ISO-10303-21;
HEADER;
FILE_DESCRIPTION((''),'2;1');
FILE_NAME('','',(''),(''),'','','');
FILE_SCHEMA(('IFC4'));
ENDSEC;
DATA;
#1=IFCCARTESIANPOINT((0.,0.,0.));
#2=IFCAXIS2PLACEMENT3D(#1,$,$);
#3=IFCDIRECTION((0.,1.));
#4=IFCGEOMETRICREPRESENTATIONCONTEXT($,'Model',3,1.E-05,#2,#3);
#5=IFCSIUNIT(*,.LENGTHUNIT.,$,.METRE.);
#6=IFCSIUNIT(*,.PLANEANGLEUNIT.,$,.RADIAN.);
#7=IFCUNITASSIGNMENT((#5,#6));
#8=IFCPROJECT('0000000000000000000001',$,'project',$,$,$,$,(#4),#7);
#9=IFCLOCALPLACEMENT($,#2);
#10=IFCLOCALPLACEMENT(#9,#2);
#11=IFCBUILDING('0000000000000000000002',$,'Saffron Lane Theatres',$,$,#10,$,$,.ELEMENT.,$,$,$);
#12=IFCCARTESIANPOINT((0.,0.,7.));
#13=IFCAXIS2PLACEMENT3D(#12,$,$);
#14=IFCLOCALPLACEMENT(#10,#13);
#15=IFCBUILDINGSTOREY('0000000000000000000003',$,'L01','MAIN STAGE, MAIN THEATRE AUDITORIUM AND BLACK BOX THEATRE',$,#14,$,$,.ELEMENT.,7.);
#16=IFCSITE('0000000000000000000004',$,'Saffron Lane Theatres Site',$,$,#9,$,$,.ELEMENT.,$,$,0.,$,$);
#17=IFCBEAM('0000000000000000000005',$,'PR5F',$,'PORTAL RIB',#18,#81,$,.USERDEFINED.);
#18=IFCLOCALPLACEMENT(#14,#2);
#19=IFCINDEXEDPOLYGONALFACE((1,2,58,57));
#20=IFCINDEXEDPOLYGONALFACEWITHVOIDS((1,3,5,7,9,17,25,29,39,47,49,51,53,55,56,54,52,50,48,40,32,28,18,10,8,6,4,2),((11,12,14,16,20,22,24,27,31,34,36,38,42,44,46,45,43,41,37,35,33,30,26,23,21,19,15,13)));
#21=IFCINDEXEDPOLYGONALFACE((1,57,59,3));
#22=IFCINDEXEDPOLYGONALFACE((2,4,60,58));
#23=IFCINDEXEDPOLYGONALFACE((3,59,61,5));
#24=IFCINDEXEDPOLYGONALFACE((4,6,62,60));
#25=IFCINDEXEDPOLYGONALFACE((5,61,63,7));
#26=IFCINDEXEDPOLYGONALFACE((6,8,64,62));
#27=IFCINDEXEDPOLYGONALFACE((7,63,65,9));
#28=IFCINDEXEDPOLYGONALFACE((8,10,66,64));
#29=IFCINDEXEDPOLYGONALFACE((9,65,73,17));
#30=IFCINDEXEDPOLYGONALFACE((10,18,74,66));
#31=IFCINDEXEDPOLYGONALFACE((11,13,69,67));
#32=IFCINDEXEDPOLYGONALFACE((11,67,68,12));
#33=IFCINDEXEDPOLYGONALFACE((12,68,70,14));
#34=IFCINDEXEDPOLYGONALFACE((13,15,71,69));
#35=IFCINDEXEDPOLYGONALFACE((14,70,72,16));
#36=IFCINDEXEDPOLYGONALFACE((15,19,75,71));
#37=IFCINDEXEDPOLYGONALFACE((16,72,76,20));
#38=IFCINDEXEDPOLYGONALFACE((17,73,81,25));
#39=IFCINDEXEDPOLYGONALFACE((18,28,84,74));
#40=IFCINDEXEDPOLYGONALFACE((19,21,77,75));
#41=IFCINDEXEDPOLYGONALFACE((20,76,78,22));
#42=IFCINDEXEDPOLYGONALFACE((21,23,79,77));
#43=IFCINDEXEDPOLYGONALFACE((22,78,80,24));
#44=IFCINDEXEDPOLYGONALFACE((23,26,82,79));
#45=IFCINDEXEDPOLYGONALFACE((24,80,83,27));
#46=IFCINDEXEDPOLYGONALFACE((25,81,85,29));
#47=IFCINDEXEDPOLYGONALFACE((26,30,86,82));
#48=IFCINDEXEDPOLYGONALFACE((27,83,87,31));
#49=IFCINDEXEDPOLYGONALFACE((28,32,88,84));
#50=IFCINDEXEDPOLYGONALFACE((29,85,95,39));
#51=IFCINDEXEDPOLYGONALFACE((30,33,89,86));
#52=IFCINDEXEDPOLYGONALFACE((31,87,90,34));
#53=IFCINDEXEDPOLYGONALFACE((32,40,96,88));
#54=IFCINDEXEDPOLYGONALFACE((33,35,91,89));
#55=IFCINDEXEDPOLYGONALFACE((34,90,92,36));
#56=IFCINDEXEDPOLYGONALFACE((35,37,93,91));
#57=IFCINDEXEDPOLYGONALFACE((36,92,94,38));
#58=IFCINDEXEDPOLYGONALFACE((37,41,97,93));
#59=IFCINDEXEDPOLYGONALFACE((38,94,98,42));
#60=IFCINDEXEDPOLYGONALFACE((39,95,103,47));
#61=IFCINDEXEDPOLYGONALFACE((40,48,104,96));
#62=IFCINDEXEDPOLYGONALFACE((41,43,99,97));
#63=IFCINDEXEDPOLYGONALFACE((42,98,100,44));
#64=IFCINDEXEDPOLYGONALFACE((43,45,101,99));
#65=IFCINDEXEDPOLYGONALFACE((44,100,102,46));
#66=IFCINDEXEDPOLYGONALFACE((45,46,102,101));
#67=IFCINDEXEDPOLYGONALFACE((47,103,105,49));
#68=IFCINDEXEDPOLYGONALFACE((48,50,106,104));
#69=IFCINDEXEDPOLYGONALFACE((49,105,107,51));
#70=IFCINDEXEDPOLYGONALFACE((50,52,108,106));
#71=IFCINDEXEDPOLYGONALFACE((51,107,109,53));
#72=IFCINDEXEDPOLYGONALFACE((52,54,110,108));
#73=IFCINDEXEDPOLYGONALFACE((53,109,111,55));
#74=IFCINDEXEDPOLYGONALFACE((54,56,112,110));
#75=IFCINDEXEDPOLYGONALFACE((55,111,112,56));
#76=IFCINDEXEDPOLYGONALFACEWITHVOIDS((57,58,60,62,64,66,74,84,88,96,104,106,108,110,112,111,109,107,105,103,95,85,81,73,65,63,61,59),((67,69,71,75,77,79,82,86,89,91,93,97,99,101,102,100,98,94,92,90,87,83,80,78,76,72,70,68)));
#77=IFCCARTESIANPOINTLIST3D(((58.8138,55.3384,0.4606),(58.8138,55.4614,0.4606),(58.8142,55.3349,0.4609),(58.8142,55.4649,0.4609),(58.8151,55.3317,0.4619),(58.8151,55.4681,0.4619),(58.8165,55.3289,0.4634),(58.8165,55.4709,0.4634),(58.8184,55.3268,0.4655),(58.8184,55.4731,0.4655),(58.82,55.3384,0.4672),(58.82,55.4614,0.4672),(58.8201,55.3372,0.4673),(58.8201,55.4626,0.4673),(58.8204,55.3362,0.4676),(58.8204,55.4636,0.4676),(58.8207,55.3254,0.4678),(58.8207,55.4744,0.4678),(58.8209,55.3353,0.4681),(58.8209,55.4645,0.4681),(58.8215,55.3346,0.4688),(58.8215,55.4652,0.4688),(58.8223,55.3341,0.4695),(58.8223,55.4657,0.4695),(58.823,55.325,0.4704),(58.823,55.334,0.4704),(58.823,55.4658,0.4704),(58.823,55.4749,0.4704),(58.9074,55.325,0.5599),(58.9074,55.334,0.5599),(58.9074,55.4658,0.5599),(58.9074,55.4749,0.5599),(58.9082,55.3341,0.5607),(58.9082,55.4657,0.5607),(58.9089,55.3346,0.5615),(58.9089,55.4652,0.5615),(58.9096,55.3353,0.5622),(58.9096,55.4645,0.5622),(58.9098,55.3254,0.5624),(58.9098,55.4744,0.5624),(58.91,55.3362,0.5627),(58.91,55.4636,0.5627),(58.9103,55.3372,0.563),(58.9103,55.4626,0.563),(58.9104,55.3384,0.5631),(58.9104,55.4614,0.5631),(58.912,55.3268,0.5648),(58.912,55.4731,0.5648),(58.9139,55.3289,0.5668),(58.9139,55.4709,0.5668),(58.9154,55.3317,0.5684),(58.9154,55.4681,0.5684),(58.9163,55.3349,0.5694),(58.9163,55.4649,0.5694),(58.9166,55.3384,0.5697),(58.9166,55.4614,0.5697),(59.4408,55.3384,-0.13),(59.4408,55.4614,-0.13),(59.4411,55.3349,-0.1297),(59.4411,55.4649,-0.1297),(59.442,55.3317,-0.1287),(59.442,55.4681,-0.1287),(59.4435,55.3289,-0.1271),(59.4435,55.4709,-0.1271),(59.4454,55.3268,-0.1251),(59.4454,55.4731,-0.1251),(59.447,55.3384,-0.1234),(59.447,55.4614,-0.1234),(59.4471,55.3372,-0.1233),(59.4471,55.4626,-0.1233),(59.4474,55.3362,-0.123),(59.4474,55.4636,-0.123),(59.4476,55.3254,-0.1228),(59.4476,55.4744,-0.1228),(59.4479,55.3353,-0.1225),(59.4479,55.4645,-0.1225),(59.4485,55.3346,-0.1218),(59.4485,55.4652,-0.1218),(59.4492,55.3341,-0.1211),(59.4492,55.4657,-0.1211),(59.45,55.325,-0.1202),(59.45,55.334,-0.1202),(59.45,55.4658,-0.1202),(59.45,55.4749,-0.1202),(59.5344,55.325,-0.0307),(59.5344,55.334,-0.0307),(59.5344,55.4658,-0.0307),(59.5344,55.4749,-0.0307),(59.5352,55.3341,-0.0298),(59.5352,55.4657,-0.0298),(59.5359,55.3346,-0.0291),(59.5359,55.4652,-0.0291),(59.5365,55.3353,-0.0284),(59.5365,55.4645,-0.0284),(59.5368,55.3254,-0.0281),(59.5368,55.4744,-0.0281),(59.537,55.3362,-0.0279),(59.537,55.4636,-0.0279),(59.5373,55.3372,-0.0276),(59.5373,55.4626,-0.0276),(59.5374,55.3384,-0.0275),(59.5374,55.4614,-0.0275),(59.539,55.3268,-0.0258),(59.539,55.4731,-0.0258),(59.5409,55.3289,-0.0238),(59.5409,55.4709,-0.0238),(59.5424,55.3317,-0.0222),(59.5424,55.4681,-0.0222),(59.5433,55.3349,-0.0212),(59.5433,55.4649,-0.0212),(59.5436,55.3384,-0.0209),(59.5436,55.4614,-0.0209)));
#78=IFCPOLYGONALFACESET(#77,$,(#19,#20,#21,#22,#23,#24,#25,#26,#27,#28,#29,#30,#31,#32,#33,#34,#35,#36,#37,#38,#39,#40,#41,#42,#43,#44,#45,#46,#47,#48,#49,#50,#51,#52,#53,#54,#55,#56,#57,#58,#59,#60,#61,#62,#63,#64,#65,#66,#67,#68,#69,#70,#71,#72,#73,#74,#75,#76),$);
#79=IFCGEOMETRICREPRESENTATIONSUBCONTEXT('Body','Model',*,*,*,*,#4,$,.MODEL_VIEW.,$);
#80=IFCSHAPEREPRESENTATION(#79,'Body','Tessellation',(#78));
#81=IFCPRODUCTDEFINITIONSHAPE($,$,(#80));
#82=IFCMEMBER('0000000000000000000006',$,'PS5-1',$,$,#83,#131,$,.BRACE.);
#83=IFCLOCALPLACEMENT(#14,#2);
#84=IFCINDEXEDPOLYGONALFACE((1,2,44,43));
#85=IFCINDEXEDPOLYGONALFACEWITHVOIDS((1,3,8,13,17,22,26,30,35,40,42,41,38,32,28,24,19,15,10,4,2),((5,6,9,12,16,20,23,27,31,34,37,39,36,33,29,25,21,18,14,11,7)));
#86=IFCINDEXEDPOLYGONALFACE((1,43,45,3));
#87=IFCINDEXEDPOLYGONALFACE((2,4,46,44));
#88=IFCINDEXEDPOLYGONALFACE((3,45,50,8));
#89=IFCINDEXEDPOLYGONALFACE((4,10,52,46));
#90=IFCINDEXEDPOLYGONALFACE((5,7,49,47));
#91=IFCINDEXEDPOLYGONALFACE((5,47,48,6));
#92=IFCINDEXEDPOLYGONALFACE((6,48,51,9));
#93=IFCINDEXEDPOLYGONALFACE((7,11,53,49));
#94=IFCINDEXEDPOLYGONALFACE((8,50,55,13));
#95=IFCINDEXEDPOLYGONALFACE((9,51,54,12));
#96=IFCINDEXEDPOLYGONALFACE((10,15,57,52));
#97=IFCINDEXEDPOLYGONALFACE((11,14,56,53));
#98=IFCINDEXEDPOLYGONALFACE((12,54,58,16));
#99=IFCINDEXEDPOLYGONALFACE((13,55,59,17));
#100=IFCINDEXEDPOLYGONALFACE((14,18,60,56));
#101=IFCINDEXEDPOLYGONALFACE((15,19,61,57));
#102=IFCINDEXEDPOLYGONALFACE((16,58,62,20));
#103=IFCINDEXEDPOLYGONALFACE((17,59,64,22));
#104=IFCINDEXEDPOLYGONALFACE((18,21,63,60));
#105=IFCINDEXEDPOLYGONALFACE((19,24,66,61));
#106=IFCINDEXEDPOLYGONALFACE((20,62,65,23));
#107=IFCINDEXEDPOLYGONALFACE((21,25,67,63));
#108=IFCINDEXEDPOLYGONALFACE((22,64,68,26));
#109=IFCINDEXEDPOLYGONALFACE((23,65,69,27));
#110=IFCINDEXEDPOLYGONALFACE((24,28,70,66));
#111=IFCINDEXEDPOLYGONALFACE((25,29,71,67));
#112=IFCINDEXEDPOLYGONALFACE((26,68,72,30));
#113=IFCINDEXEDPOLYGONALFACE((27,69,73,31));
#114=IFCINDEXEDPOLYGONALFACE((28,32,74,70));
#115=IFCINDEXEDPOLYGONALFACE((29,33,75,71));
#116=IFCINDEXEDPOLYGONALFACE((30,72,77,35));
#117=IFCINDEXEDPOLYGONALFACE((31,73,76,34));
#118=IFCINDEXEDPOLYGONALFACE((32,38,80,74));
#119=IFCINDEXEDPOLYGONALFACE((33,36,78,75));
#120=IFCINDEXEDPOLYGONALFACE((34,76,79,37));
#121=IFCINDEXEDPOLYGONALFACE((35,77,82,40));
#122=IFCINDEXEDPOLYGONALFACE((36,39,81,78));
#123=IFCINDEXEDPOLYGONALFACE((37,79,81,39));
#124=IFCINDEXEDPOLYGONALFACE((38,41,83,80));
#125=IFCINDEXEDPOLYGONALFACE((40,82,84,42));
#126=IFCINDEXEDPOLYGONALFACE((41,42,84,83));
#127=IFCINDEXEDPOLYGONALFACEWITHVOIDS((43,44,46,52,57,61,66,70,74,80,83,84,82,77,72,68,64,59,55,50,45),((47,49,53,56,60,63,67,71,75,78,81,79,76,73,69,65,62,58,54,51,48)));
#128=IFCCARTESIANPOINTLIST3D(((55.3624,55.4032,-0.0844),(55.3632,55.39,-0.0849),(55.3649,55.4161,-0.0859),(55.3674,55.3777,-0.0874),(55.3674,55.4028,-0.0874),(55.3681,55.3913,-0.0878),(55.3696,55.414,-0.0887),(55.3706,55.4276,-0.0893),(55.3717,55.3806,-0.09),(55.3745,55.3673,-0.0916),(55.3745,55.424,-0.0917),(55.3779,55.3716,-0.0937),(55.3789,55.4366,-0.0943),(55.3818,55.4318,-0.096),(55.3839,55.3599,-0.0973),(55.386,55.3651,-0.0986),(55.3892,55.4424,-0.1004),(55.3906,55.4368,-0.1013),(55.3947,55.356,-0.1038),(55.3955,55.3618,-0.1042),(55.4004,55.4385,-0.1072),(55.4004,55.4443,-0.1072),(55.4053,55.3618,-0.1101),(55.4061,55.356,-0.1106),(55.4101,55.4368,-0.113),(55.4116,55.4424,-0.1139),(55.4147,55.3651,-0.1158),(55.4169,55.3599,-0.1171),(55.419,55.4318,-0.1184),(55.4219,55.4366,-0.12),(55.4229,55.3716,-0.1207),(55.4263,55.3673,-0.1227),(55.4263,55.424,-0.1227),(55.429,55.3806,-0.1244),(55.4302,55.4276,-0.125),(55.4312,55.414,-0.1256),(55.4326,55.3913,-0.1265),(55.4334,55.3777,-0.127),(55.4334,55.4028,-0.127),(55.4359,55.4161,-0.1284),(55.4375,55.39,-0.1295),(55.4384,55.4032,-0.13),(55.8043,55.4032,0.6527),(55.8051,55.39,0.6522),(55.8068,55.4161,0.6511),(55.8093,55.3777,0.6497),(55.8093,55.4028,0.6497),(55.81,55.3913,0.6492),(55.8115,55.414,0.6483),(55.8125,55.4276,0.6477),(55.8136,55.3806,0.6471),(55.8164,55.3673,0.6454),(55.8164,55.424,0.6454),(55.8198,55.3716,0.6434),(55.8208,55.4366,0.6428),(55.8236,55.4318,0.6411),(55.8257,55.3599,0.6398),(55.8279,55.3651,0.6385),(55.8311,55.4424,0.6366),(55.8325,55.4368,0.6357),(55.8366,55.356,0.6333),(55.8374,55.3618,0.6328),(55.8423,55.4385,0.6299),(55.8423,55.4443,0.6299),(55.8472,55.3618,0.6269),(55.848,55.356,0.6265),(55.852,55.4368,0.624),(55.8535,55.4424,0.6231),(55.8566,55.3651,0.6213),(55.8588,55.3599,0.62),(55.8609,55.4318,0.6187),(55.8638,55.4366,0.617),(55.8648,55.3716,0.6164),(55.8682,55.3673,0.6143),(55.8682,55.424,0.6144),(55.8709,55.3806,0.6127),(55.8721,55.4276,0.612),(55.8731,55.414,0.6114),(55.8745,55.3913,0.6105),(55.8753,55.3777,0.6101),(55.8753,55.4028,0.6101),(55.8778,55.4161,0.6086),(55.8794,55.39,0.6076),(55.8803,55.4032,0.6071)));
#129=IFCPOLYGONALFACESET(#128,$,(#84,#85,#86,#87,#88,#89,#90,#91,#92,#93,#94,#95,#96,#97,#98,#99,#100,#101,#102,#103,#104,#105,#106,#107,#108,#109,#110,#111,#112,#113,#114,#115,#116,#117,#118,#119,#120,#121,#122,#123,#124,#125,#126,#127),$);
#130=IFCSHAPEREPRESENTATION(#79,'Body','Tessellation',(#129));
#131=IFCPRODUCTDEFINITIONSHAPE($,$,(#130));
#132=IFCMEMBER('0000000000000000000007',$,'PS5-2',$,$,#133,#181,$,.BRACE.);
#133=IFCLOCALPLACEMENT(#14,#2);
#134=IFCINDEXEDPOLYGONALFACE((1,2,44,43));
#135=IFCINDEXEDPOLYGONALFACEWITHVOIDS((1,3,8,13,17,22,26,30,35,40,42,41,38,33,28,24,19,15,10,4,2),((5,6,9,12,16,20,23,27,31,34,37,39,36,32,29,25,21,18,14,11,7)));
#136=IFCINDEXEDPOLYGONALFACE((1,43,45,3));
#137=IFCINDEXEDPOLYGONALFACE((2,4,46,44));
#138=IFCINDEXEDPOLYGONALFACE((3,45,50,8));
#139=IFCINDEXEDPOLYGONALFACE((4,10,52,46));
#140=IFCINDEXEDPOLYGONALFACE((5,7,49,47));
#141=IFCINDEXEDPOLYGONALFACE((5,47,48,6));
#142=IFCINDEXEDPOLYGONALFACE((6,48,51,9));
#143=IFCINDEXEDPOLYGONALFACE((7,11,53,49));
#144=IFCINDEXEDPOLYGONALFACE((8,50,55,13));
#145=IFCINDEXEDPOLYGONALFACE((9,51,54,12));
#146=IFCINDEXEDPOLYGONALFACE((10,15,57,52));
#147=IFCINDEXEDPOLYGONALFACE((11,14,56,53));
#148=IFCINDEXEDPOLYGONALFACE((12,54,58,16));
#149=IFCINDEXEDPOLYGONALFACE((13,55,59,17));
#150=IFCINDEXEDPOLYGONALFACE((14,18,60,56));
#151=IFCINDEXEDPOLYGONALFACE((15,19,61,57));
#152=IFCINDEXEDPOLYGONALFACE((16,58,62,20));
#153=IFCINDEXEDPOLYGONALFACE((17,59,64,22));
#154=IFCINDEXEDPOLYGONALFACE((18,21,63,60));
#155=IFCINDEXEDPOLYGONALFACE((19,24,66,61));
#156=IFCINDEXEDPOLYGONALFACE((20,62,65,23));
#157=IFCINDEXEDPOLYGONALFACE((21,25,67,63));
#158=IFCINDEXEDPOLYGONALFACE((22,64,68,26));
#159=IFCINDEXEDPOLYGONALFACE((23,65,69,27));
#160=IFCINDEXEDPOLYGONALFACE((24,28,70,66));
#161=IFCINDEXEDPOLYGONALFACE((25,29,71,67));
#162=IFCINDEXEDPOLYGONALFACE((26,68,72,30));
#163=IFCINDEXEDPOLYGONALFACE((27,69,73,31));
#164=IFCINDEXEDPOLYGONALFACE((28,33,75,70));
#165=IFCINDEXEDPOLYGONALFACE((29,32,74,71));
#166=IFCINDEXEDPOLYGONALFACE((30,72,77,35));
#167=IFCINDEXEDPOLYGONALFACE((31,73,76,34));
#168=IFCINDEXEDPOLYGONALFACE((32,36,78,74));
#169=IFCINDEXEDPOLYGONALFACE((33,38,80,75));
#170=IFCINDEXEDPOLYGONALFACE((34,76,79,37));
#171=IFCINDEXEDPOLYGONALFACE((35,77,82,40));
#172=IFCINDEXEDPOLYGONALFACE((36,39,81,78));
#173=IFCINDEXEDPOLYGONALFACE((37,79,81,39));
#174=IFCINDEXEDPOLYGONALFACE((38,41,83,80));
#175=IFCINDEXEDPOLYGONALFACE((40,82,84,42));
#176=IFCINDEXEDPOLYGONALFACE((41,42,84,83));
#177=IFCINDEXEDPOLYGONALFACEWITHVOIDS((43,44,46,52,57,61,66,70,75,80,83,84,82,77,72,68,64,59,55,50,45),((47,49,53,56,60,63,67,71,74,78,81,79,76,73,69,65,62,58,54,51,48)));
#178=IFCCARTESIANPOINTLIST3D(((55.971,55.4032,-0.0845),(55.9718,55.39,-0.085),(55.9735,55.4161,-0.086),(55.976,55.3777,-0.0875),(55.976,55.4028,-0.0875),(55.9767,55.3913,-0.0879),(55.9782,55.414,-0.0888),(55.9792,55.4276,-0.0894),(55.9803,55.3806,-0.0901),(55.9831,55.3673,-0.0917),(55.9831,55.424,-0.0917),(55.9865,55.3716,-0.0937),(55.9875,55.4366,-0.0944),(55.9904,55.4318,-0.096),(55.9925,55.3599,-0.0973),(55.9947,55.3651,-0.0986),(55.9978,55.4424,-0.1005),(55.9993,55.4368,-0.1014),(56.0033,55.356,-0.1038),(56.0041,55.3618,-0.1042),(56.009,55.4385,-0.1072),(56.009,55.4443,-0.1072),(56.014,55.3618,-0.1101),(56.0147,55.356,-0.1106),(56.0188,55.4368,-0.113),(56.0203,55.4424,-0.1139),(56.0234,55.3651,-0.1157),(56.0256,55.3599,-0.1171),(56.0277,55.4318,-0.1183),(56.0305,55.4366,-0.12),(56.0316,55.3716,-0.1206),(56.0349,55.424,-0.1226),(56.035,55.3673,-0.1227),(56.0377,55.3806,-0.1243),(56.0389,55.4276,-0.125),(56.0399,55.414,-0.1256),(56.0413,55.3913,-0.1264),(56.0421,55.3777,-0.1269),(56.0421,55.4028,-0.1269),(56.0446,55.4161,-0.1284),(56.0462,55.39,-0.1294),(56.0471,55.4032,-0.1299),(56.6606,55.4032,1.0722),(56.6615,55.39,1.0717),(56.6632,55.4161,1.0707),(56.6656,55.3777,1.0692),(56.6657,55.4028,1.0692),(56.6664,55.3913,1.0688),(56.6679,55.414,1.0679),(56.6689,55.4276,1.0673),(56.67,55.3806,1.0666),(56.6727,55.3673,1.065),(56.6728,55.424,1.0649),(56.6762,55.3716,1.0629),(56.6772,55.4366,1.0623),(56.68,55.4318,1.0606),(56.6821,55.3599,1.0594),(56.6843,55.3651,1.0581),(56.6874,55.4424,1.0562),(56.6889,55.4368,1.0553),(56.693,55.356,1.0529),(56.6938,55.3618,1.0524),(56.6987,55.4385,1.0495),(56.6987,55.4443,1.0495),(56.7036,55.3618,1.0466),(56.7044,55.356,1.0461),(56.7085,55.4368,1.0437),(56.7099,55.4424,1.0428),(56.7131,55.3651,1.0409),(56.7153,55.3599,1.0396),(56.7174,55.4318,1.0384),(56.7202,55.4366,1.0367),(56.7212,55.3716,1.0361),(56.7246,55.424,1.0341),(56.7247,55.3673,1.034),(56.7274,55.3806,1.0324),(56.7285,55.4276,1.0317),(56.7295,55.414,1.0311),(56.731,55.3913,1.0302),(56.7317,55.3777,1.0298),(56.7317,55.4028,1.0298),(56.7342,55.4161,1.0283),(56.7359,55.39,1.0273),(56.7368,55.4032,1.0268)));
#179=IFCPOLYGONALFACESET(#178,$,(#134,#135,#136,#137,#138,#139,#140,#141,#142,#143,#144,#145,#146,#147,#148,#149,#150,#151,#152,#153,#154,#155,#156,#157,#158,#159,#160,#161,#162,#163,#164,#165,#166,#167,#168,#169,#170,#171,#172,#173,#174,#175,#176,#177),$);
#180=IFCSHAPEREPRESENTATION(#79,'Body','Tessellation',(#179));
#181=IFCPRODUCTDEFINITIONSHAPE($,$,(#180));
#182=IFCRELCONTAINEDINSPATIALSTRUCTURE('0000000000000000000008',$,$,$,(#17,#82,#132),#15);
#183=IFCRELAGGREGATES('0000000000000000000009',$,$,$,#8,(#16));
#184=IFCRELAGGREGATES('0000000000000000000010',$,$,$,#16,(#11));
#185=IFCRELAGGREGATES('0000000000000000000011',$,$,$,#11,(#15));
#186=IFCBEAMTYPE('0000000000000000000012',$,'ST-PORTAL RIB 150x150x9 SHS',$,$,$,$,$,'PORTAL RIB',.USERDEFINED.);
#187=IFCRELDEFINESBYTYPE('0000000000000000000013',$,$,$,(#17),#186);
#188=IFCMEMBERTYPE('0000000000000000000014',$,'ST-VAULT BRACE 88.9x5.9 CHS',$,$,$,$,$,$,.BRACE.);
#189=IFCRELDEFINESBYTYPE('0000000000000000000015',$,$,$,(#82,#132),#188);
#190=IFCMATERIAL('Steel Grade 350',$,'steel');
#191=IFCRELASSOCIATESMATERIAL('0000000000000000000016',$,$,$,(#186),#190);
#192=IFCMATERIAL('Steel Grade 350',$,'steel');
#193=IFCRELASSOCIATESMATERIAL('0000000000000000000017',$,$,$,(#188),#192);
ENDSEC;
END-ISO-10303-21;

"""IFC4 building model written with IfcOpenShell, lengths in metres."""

from ifc_helpers import new_model, si_unit, direction, frame, origin, origin_2d, place, context, subcontext, project, spatial, hollow_rectangle, hollow_circle, extrude, material, material_profile, profile_set, type_object, element, save


model = new_model("IFC4")

# Units and contexts
model_context = context("Model", 3, precision=1e-05, world=origin(), true_north=direction((0.0, 1.0)))
body_context = subcontext(model_context, "Body", "Model", "MODEL_VIEW")
ifc_project = project(units=[si_unit("LENGTHUNIT", "METRE"), si_unit("PLANEANGLEUNIT", "RADIAN")], contexts=[model_context])

# Site, building, storey
site_placement = place(None, origin())
site = spatial("IfcSite", under=ifc_project, at=site_placement, Name="Saffron Lane Theatres Site", CompositionType="ELEMENT", RefElevation=0.0)
building_placement = place(site_placement, origin())
building = spatial("IfcBuilding", under=site, at=building_placement, Name="Saffron Lane Theatres", CompositionType="ELEMENT")
storey_placement = place(building_placement, frame((0.0, 0.0, 7.0)))
storey = spatial("IfcBuildingStorey", under=building, at=storey_placement, Name="L01", Description="MAIN STAGE, MAIN THEATRE AUDITORIUM AND BLACK BOX THEATRE", CompositionType="ELEMENT", Elevation=7.0)

# Beam
ifc_material_1 = material(Name="Steel Grade 350", Category="steel")
ifc_material_profile_1 = material_profile(ifc_material_1, hollow_rectangle(XDim=0.1499, YDim=0.1499, WallThickness=0.009, InnerFilletRadius=0.0044, OuterFilletRadius=0.0134, at=origin_2d()))
ifc_profile_set_1 = profile_set([ifc_material_profile_1], Name="Steel Grade 350")
beam_type = type_object("IfcBeamType", Name="ST-PORTAL RIB 150x150x9 SHS", ElementType="PORTAL RIB", PredefinedType="USERDEFINED", material=ifc_profile_set_1)
beam_1_placement = place(storey_placement, frame((58.8652, 55.3999, 0.5151), z_axis=(0.727909, 0.0, -0.685674), x_axis=(0.0, 1.0, 0.0)))
element("IfcBeam", 1, at=beam_1_placement, inside=storey, type_object=beam_type, Name="PR5F", ObjectType="PORTAL RIB", PredefinedType="USERDEFINED", context=body_context, shape_type="SweptSolid", body=[
    extrude(hollow_rectangle(XDim=0.1499, YDim=0.1499, WallThickness=0.009, InnerFilletRadius=0.0044, OuterFilletRadius=0.0134, at=origin_2d()), origin(), (0.0, 0.0, 1.0), 0.8613),
])

# Members
ifc_material_2 = material(Name="Steel Grade 350", Category="steel")
ifc_material_profile_2 = material_profile(ifc_material_2, hollow_circle(Radius=0.0444, WallThickness=0.0059, at=origin_2d()))
ifc_profile_set_2 = profile_set([ifc_material_profile_2], Name="Steel Grade 350")
member_type = type_object("IfcMemberType", Name="ST-VAULT BRACE 88.9x5.9 CHS", PredefinedType="BRACE", material=ifc_profile_set_2)
member_1_placement = place(storey_placement, frame((55.4004, 55.3999, -0.1072), z_axis=(0.514203, 0.0, 0.857668), x_axis=(0.0, 1.0, 0.0)))
element("IfcMember", 2, at=member_1_placement, inside=storey, type_object=member_type, Name="PS5-1", PredefinedType="BRACE", context=body_context, shape_type="SweptSolid", body=[
    extrude(hollow_circle(Radius=0.0444, WallThickness=0.0059, at=origin_2d()), origin(), (0.0, 0.0, 1.0), 0.8594),
])
member_2_placement = place(storey_placement, frame((56.009, 55.3999, -0.1072), z_axis=(0.512121, 0.0, 0.858913), x_axis=(0.0, 1.0, 0.0)))
element("IfcMember", 3, at=member_2_placement, inside=storey, type_object=member_type, Name="PS5-2", PredefinedType="BRACE", context=body_context, shape_type="SweptSolid", body=[
    extrude(hollow_circle(Radius=0.0444, WallThickness=0.0059, at=origin_2d()), origin(), (0.0, 0.0, 1.0), 1.3467),
])

save(model, "model.ifc")
